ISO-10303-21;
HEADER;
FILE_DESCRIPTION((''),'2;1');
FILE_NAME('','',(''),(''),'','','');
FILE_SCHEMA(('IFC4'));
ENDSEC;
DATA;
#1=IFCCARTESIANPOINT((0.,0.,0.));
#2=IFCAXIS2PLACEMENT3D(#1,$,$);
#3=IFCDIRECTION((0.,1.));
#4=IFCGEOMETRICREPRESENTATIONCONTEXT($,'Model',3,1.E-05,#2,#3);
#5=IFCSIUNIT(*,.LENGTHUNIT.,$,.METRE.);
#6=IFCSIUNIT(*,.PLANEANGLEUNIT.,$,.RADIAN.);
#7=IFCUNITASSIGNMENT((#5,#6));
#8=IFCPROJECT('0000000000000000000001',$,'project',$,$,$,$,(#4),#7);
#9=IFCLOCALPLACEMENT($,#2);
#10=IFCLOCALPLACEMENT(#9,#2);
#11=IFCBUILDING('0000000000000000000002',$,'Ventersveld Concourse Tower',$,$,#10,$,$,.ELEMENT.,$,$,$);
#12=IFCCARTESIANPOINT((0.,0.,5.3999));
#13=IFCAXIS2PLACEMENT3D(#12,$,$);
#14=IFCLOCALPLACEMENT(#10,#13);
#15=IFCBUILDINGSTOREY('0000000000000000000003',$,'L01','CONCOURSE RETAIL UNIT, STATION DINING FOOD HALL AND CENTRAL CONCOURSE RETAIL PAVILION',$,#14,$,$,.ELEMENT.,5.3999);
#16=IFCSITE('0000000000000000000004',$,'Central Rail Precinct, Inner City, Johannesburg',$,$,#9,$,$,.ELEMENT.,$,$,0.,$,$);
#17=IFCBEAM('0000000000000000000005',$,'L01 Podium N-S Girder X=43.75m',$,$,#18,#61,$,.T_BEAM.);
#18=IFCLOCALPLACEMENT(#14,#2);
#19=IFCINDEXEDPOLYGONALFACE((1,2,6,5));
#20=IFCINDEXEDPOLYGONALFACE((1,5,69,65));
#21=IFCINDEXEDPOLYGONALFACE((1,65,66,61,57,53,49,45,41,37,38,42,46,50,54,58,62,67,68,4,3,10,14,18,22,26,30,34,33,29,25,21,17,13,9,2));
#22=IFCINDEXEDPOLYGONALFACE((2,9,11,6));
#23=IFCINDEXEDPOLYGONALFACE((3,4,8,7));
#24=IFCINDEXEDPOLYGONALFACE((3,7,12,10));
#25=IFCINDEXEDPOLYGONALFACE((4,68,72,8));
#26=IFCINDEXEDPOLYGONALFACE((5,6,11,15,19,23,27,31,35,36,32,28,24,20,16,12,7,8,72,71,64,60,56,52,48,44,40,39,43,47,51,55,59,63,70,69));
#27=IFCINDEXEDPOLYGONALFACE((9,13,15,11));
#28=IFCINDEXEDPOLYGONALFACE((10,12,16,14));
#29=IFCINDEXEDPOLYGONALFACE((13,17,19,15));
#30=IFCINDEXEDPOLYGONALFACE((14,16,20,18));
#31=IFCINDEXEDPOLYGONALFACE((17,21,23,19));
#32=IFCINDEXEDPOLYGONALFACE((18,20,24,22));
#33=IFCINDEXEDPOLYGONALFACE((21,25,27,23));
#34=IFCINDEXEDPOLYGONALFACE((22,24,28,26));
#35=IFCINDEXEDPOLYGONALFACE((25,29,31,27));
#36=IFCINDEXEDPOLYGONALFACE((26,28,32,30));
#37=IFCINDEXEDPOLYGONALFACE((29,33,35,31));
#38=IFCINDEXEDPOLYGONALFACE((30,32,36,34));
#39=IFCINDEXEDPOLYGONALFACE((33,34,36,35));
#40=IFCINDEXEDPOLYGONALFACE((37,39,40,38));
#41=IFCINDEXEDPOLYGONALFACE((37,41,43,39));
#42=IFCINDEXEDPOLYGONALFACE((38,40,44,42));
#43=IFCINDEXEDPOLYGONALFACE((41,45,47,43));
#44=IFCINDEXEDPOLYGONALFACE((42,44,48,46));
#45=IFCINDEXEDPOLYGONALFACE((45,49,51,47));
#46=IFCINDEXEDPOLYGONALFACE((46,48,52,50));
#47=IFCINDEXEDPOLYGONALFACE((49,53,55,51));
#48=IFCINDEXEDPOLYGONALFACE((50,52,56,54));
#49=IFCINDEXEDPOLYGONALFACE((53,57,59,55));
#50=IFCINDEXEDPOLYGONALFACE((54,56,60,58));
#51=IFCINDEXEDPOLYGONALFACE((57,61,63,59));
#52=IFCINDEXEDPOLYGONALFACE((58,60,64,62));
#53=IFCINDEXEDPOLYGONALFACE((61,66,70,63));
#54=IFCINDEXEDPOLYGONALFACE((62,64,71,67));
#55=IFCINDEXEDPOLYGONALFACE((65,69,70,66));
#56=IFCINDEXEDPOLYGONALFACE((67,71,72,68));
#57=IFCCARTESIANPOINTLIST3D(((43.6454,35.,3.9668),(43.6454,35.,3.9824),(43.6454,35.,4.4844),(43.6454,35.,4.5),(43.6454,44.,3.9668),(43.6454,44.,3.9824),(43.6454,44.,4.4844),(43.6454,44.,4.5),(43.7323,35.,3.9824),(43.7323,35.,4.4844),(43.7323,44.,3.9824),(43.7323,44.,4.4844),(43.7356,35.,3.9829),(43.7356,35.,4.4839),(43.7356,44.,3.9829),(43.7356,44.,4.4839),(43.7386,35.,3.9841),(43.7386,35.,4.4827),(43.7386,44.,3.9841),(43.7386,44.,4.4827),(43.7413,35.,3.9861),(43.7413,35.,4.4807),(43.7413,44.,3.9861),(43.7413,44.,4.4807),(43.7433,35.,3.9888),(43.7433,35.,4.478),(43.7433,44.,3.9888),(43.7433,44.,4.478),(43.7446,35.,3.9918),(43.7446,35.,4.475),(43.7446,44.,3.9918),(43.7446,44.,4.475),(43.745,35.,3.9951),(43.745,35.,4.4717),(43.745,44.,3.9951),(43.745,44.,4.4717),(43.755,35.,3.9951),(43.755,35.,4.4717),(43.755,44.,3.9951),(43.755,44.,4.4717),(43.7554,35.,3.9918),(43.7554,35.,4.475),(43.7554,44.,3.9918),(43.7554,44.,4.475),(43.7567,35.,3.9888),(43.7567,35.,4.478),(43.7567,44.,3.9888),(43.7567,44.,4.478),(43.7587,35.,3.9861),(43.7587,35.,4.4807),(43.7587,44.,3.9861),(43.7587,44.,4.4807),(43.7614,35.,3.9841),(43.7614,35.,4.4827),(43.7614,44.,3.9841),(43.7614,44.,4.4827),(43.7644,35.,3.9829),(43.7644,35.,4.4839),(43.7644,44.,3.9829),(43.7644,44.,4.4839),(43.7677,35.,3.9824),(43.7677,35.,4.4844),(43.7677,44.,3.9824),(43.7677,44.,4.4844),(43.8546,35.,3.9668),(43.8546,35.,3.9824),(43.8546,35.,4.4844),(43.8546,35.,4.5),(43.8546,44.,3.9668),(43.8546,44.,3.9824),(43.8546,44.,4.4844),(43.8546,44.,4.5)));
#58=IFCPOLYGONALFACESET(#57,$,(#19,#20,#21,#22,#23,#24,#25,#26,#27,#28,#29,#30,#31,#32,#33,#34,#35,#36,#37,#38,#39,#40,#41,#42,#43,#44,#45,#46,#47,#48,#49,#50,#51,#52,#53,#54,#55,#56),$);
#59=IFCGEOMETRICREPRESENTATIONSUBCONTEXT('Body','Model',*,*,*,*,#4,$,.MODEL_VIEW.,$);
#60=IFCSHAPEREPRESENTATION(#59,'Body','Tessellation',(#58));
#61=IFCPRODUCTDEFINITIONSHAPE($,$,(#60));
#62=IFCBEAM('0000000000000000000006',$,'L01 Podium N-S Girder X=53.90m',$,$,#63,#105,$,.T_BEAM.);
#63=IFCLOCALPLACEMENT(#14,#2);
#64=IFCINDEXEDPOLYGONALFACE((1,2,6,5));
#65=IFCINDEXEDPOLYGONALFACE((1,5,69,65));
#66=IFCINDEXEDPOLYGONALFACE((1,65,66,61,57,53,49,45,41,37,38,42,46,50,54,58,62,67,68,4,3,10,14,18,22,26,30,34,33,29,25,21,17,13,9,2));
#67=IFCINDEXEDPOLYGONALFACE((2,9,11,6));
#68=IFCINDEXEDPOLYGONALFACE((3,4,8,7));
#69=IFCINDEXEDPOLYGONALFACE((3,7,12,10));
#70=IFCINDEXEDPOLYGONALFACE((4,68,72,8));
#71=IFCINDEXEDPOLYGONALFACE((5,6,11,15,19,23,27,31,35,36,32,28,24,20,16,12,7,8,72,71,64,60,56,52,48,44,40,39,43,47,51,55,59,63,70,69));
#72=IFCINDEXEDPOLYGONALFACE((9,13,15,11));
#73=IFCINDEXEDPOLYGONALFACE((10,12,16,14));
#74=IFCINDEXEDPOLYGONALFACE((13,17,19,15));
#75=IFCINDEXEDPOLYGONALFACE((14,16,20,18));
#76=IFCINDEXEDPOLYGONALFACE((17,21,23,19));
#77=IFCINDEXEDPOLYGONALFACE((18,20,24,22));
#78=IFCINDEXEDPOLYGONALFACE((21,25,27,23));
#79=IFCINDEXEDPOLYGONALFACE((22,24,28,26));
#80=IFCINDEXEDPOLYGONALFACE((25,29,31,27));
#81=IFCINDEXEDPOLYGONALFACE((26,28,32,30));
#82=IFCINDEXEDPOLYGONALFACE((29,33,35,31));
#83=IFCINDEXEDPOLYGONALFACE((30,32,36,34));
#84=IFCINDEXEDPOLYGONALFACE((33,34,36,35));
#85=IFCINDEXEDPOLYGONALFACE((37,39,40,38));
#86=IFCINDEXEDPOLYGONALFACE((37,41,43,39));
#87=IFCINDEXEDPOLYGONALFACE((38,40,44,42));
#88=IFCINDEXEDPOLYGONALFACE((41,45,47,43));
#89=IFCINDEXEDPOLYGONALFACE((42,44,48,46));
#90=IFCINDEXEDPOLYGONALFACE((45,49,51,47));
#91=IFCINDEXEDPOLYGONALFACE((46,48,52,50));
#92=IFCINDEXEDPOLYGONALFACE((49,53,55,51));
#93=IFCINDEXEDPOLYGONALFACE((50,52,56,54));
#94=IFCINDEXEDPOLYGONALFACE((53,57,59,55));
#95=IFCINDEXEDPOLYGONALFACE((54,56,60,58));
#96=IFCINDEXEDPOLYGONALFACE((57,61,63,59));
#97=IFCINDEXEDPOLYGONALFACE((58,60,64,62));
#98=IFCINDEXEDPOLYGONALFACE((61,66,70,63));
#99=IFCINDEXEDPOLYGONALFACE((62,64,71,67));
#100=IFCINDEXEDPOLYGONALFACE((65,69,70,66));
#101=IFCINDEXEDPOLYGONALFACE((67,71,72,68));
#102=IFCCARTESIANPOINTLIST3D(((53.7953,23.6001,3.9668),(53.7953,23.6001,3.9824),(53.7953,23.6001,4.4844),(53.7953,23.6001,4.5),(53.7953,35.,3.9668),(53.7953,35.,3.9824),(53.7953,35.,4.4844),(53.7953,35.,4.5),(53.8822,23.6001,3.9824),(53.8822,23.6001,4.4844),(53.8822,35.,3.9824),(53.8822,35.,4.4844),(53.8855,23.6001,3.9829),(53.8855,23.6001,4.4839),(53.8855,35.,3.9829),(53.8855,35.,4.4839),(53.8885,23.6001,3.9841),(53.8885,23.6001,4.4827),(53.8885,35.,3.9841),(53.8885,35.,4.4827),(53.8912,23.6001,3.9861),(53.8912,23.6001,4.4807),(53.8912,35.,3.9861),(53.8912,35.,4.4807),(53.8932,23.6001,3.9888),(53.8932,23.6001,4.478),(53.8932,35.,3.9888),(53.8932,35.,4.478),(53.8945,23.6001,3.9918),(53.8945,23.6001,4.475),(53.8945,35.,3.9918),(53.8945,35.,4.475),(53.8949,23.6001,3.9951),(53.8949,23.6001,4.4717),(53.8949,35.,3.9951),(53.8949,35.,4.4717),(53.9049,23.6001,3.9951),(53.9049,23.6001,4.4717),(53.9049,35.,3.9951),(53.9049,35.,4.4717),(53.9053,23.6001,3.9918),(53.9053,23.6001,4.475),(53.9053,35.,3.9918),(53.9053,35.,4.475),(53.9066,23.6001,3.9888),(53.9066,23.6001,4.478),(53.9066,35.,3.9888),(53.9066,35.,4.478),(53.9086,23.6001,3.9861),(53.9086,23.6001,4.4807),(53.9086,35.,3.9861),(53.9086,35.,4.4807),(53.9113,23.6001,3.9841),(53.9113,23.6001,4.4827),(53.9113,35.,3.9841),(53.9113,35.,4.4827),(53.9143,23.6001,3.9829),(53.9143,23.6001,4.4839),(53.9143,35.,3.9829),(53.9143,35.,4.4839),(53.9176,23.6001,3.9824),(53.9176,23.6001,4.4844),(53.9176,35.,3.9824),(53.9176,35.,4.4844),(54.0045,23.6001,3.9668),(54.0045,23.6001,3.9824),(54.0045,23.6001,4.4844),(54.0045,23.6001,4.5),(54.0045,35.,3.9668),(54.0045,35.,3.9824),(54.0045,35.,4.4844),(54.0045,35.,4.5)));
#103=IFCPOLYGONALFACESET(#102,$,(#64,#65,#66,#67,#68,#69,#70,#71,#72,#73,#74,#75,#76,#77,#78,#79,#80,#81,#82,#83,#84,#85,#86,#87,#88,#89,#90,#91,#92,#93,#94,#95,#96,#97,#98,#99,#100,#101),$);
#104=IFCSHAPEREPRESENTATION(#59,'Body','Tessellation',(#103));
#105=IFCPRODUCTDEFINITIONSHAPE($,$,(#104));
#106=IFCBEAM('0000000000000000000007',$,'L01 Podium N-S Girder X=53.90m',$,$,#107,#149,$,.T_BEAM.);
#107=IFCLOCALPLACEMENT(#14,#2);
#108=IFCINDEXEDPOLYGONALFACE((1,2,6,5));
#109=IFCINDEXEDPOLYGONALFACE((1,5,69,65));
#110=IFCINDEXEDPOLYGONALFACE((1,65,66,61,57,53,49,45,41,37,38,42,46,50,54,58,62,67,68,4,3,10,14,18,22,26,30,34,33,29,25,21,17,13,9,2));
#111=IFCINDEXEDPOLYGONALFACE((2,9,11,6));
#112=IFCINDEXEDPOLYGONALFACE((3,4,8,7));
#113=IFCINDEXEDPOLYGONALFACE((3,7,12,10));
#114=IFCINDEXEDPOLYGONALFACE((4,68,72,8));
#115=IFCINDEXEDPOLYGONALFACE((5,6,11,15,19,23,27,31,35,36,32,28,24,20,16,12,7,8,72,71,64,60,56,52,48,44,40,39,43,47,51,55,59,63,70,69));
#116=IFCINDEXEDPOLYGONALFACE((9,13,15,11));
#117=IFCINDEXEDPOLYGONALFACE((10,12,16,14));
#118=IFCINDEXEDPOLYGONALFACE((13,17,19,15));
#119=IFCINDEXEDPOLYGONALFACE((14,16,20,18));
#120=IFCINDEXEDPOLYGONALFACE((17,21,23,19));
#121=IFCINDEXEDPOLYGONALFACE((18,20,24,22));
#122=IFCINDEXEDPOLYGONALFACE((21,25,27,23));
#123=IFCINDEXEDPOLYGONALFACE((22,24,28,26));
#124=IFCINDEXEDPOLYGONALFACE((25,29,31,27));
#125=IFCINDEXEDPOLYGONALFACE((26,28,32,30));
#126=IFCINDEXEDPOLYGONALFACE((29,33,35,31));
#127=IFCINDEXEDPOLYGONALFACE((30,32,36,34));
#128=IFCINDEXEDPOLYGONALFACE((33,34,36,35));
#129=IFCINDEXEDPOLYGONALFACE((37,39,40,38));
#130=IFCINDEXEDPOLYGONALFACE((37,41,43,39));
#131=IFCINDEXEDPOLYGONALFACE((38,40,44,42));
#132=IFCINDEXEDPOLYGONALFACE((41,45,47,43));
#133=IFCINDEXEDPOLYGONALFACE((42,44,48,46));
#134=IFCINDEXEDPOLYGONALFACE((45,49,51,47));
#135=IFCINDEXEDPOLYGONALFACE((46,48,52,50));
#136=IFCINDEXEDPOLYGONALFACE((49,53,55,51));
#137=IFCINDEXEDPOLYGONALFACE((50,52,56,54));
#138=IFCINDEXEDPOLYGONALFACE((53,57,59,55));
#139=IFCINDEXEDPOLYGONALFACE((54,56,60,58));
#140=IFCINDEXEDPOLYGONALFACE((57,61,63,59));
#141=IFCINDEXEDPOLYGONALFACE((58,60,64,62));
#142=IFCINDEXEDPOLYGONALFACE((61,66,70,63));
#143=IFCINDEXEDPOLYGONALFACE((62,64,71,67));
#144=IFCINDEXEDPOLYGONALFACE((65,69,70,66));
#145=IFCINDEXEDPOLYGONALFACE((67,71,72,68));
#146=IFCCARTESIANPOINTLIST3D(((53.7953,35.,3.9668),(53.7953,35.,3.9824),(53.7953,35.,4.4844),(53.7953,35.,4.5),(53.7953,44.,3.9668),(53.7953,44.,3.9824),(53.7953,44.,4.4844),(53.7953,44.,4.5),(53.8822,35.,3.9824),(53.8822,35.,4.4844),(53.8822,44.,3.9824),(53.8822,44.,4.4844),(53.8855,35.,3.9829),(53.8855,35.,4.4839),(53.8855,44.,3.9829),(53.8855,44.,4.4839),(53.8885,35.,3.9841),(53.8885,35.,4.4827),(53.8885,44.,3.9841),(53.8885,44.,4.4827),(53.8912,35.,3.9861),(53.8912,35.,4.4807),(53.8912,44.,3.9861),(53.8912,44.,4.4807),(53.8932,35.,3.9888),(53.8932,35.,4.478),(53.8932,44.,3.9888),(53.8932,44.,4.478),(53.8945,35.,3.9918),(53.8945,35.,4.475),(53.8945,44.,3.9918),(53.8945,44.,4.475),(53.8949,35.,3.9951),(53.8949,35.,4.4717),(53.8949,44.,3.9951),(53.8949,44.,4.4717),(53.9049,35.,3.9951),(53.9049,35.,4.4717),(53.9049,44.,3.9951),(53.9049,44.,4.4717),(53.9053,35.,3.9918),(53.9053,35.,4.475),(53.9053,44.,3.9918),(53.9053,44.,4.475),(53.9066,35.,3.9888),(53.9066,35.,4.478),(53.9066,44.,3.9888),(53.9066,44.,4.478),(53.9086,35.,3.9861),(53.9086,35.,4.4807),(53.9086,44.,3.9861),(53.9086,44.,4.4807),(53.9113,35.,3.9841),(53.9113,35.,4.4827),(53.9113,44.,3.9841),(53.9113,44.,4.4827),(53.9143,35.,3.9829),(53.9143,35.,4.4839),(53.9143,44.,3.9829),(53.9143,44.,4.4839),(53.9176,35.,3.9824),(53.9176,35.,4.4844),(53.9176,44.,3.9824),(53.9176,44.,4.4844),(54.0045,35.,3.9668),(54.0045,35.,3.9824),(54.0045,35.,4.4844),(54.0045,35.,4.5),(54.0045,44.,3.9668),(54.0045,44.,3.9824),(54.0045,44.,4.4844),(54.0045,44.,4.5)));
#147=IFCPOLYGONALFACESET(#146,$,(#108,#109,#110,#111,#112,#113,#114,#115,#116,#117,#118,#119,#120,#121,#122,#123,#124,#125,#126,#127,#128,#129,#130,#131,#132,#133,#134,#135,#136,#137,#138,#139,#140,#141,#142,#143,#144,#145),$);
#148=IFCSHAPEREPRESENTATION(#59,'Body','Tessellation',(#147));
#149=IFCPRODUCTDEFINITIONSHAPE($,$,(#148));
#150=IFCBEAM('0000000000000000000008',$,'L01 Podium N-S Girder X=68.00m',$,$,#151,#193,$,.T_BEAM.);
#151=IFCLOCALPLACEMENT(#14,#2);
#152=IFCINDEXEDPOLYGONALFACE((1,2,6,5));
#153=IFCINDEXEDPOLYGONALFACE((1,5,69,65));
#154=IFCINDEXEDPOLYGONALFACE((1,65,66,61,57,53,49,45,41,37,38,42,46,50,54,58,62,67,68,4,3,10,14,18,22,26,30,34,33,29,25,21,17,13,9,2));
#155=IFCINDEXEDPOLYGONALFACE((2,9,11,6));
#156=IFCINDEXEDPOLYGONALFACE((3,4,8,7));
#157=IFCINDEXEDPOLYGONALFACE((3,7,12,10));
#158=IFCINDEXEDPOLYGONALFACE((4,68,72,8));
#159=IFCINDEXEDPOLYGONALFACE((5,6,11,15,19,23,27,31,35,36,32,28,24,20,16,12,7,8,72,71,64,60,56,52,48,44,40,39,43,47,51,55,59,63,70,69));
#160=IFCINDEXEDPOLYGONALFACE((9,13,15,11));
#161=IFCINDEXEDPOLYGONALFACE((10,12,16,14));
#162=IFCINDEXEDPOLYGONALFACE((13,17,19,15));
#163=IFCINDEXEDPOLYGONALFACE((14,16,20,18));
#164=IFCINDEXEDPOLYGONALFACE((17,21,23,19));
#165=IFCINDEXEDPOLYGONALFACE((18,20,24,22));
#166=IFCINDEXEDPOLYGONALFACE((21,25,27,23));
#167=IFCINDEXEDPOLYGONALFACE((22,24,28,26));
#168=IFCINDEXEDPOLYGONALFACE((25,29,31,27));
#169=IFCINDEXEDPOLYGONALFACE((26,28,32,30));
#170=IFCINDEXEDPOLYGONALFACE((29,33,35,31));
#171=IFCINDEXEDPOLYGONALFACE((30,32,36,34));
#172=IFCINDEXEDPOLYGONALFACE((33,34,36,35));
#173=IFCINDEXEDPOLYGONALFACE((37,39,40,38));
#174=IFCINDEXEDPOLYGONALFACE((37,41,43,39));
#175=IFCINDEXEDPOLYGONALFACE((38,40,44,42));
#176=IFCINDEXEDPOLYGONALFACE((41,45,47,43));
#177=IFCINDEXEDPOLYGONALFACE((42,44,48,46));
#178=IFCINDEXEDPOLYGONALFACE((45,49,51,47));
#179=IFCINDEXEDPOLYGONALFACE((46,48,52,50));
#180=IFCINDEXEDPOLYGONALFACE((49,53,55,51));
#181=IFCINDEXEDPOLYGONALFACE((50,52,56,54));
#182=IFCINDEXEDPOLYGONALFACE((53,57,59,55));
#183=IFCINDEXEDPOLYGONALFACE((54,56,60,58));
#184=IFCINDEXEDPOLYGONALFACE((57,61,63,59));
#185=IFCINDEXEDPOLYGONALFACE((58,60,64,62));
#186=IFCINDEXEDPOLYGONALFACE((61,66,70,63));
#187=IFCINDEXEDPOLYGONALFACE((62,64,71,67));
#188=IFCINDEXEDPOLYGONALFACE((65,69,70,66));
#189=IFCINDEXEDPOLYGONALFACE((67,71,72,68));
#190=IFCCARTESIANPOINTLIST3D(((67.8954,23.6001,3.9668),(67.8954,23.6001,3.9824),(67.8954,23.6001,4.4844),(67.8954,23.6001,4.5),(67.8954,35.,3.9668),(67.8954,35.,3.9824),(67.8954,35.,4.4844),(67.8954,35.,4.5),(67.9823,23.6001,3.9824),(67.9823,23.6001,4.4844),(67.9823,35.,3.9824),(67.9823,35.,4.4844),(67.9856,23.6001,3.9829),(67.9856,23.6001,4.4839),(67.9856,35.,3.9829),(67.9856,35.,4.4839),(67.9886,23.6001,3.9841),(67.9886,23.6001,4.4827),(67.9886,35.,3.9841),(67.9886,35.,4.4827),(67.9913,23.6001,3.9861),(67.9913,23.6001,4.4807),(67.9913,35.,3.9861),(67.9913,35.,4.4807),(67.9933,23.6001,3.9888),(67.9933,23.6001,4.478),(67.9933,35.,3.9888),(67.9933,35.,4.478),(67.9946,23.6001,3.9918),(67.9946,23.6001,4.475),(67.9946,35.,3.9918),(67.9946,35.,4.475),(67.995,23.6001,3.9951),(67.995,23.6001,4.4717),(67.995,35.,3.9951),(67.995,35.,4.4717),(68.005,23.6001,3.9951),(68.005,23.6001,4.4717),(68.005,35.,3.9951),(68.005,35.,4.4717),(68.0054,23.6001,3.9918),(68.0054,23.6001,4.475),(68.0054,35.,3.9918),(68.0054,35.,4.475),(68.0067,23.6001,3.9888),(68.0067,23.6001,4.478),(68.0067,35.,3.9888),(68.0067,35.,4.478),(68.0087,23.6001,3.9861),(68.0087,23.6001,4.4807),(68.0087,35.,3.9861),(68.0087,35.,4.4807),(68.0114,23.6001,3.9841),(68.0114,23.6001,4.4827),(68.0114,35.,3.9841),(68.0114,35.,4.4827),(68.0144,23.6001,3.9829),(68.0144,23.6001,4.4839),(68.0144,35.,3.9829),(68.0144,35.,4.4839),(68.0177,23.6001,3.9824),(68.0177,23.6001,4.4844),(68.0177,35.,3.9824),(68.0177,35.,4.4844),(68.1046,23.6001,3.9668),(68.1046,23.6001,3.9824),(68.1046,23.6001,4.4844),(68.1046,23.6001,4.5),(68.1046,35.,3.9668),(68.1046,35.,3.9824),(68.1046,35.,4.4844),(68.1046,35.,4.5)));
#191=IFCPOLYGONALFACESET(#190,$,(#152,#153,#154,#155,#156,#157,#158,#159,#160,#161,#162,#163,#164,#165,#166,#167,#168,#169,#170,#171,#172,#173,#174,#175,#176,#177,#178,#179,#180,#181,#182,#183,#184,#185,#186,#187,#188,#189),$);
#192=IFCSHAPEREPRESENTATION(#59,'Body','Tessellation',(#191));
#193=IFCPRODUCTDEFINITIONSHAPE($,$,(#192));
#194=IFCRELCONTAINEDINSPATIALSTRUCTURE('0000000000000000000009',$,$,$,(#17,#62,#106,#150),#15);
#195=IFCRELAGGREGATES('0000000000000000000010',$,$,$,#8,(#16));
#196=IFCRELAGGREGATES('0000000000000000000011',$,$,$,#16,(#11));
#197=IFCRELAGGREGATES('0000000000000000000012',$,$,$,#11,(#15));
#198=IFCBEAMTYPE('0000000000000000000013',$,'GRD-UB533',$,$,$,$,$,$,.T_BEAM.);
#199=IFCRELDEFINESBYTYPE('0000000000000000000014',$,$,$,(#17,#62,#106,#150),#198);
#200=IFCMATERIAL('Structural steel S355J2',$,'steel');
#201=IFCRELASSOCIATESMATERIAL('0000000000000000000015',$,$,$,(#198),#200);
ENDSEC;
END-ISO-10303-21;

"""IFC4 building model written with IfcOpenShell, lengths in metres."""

from ifc_helpers import new_model, si_unit, direction, frame, origin, origin_2d, place, context, subcontext, project, spatial, i_section, extrude, material, material_profile, profile_set, type_object, element, save


model = new_model("IFC4")

# Units and contexts
model_context = context("Model", 3, precision=1e-05, world=origin(), true_north=direction((0.0, 1.0)))
body_context = subcontext(model_context, "Body", "Model", "MODEL_VIEW")
ifc_project = project(units=[si_unit("LENGTHUNIT", "METRE"), si_unit("PLANEANGLEUNIT", "RADIAN")], contexts=[model_context])

# Site, building, storey
site_placement = place(None, origin())
site = spatial("IfcSite", under=ifc_project, at=site_placement, Name="Central Rail Precinct, Inner City, Johannesburg", CompositionType="ELEMENT", RefElevation=0.0)
building_placement = place(site_placement, origin())
building = spatial("IfcBuilding", under=site, at=building_placement, Name="Ventersveld Concourse Tower", CompositionType="ELEMENT")
storey_placement = place(building_placement, frame((0.0, 0.0, 5.3999)))
storey = spatial("IfcBuildingStorey", under=building, at=storey_placement, Name="L01", Description="CONCOURSE RETAIL UNIT, STATION DINING FOOD HALL AND CENTRAL CONCOURSE RETAIL PAVILION", CompositionType="ELEMENT", Elevation=5.3999)

# Beams
ifc_material_1 = material(Name="Structural steel S355J2", Category="steel")
ifc_material_profile_1 = material_profile(ifc_material_1, i_section(OverallWidth=0.2092, OverallDepth=0.5332, WebThickness=0.01, FlangeThickness=0.0156, FilletRadius=0.0127, at=origin_2d()), Name="UB 533x210x92")
ifc_profile_set_1 = profile_set([ifc_material_profile_1], Name="Structural steel S355J2")
beam_type_1 = type_object("IfcBeamType", Name="GRD-UB533", PredefinedType="T_BEAM", material=ifc_profile_set_1)
beam_1_placement = place(storey_placement, frame((43.75, 35.0, 4.2334), z_axis=(0.0, 1.0, 0.0), x_axis=(-1.0, 0.0, 0.0)))
element("IfcBeam", 1, at=beam_1_placement, inside=storey, type_object=beam_type_1, Name="L01 Podium N-S Girder X=43.75m", PredefinedType="T_BEAM", context=body_context, shape_type="SweptSolid", body=[
    extrude(i_section(OverallWidth=0.2092, OverallDepth=0.5332, WebThickness=0.01, FlangeThickness=0.0156, FilletRadius=0.0127, at=origin_2d()), origin(), (0.0, 0.0, 1.0), 9.0),
])
beam_2_placement = place(storey_placement, frame((53.8999, 23.6001, 4.2334), z_axis=(0.0, 1.0, 0.0), x_axis=(-1.0, 0.0, 0.0)))
element("IfcBeam", 2, at=beam_2_placement, inside=storey, type_object=beam_type_1, Name="L01 Podium N-S Girder X=53.90m", PredefinedType="T_BEAM", context=body_context, shape_type="SweptSolid", body=[
    extrude(i_section(OverallWidth=0.2092, OverallDepth=0.5332, WebThickness=0.01, FlangeThickness=0.0156, FilletRadius=0.0127, at=origin_2d()), origin(), (0.0, 0.0, 1.0), 11.3999),
])
beam_3_placement = place(storey_placement, frame((53.8999, 35.0, 4.2334), z_axis=(0.0, 1.0, 0.0), x_axis=(-1.0, 0.0, 0.0)))
element("IfcBeam", 3, at=beam_3_placement, inside=storey, type_object=beam_type_1, Name="L01 Podium N-S Girder X=53.90m", PredefinedType="T_BEAM", context=body_context, shape_type="SweptSolid", body=[
    extrude(i_section(OverallWidth=0.2092, OverallDepth=0.5332, WebThickness=0.01, FlangeThickness=0.0156, FilletRadius=0.0127, at=origin_2d()), origin(), (0.0, 0.0, 1.0), 9.0),
])
beam_4_placement = place(storey_placement, frame((68.0, 23.6001, 4.2334), z_axis=(0.0, 1.0, 0.0), x_axis=(-1.0, 0.0, 0.0)))
element("IfcBeam", 4, at=beam_4_placement, inside=storey, type_object=beam_type_1, Name="L01 Podium N-S Girder X=68.00m", PredefinedType="T_BEAM", context=body_context, shape_type="SweptSolid", body=[
    extrude(i_section(OverallWidth=0.2092, OverallDepth=0.5332, WebThickness=0.01, FlangeThickness=0.0156, FilletRadius=0.0127, at=origin_2d()), origin(), (0.0, 0.0, 1.0), 11.3999),
])

save(model, "model.ifc")
